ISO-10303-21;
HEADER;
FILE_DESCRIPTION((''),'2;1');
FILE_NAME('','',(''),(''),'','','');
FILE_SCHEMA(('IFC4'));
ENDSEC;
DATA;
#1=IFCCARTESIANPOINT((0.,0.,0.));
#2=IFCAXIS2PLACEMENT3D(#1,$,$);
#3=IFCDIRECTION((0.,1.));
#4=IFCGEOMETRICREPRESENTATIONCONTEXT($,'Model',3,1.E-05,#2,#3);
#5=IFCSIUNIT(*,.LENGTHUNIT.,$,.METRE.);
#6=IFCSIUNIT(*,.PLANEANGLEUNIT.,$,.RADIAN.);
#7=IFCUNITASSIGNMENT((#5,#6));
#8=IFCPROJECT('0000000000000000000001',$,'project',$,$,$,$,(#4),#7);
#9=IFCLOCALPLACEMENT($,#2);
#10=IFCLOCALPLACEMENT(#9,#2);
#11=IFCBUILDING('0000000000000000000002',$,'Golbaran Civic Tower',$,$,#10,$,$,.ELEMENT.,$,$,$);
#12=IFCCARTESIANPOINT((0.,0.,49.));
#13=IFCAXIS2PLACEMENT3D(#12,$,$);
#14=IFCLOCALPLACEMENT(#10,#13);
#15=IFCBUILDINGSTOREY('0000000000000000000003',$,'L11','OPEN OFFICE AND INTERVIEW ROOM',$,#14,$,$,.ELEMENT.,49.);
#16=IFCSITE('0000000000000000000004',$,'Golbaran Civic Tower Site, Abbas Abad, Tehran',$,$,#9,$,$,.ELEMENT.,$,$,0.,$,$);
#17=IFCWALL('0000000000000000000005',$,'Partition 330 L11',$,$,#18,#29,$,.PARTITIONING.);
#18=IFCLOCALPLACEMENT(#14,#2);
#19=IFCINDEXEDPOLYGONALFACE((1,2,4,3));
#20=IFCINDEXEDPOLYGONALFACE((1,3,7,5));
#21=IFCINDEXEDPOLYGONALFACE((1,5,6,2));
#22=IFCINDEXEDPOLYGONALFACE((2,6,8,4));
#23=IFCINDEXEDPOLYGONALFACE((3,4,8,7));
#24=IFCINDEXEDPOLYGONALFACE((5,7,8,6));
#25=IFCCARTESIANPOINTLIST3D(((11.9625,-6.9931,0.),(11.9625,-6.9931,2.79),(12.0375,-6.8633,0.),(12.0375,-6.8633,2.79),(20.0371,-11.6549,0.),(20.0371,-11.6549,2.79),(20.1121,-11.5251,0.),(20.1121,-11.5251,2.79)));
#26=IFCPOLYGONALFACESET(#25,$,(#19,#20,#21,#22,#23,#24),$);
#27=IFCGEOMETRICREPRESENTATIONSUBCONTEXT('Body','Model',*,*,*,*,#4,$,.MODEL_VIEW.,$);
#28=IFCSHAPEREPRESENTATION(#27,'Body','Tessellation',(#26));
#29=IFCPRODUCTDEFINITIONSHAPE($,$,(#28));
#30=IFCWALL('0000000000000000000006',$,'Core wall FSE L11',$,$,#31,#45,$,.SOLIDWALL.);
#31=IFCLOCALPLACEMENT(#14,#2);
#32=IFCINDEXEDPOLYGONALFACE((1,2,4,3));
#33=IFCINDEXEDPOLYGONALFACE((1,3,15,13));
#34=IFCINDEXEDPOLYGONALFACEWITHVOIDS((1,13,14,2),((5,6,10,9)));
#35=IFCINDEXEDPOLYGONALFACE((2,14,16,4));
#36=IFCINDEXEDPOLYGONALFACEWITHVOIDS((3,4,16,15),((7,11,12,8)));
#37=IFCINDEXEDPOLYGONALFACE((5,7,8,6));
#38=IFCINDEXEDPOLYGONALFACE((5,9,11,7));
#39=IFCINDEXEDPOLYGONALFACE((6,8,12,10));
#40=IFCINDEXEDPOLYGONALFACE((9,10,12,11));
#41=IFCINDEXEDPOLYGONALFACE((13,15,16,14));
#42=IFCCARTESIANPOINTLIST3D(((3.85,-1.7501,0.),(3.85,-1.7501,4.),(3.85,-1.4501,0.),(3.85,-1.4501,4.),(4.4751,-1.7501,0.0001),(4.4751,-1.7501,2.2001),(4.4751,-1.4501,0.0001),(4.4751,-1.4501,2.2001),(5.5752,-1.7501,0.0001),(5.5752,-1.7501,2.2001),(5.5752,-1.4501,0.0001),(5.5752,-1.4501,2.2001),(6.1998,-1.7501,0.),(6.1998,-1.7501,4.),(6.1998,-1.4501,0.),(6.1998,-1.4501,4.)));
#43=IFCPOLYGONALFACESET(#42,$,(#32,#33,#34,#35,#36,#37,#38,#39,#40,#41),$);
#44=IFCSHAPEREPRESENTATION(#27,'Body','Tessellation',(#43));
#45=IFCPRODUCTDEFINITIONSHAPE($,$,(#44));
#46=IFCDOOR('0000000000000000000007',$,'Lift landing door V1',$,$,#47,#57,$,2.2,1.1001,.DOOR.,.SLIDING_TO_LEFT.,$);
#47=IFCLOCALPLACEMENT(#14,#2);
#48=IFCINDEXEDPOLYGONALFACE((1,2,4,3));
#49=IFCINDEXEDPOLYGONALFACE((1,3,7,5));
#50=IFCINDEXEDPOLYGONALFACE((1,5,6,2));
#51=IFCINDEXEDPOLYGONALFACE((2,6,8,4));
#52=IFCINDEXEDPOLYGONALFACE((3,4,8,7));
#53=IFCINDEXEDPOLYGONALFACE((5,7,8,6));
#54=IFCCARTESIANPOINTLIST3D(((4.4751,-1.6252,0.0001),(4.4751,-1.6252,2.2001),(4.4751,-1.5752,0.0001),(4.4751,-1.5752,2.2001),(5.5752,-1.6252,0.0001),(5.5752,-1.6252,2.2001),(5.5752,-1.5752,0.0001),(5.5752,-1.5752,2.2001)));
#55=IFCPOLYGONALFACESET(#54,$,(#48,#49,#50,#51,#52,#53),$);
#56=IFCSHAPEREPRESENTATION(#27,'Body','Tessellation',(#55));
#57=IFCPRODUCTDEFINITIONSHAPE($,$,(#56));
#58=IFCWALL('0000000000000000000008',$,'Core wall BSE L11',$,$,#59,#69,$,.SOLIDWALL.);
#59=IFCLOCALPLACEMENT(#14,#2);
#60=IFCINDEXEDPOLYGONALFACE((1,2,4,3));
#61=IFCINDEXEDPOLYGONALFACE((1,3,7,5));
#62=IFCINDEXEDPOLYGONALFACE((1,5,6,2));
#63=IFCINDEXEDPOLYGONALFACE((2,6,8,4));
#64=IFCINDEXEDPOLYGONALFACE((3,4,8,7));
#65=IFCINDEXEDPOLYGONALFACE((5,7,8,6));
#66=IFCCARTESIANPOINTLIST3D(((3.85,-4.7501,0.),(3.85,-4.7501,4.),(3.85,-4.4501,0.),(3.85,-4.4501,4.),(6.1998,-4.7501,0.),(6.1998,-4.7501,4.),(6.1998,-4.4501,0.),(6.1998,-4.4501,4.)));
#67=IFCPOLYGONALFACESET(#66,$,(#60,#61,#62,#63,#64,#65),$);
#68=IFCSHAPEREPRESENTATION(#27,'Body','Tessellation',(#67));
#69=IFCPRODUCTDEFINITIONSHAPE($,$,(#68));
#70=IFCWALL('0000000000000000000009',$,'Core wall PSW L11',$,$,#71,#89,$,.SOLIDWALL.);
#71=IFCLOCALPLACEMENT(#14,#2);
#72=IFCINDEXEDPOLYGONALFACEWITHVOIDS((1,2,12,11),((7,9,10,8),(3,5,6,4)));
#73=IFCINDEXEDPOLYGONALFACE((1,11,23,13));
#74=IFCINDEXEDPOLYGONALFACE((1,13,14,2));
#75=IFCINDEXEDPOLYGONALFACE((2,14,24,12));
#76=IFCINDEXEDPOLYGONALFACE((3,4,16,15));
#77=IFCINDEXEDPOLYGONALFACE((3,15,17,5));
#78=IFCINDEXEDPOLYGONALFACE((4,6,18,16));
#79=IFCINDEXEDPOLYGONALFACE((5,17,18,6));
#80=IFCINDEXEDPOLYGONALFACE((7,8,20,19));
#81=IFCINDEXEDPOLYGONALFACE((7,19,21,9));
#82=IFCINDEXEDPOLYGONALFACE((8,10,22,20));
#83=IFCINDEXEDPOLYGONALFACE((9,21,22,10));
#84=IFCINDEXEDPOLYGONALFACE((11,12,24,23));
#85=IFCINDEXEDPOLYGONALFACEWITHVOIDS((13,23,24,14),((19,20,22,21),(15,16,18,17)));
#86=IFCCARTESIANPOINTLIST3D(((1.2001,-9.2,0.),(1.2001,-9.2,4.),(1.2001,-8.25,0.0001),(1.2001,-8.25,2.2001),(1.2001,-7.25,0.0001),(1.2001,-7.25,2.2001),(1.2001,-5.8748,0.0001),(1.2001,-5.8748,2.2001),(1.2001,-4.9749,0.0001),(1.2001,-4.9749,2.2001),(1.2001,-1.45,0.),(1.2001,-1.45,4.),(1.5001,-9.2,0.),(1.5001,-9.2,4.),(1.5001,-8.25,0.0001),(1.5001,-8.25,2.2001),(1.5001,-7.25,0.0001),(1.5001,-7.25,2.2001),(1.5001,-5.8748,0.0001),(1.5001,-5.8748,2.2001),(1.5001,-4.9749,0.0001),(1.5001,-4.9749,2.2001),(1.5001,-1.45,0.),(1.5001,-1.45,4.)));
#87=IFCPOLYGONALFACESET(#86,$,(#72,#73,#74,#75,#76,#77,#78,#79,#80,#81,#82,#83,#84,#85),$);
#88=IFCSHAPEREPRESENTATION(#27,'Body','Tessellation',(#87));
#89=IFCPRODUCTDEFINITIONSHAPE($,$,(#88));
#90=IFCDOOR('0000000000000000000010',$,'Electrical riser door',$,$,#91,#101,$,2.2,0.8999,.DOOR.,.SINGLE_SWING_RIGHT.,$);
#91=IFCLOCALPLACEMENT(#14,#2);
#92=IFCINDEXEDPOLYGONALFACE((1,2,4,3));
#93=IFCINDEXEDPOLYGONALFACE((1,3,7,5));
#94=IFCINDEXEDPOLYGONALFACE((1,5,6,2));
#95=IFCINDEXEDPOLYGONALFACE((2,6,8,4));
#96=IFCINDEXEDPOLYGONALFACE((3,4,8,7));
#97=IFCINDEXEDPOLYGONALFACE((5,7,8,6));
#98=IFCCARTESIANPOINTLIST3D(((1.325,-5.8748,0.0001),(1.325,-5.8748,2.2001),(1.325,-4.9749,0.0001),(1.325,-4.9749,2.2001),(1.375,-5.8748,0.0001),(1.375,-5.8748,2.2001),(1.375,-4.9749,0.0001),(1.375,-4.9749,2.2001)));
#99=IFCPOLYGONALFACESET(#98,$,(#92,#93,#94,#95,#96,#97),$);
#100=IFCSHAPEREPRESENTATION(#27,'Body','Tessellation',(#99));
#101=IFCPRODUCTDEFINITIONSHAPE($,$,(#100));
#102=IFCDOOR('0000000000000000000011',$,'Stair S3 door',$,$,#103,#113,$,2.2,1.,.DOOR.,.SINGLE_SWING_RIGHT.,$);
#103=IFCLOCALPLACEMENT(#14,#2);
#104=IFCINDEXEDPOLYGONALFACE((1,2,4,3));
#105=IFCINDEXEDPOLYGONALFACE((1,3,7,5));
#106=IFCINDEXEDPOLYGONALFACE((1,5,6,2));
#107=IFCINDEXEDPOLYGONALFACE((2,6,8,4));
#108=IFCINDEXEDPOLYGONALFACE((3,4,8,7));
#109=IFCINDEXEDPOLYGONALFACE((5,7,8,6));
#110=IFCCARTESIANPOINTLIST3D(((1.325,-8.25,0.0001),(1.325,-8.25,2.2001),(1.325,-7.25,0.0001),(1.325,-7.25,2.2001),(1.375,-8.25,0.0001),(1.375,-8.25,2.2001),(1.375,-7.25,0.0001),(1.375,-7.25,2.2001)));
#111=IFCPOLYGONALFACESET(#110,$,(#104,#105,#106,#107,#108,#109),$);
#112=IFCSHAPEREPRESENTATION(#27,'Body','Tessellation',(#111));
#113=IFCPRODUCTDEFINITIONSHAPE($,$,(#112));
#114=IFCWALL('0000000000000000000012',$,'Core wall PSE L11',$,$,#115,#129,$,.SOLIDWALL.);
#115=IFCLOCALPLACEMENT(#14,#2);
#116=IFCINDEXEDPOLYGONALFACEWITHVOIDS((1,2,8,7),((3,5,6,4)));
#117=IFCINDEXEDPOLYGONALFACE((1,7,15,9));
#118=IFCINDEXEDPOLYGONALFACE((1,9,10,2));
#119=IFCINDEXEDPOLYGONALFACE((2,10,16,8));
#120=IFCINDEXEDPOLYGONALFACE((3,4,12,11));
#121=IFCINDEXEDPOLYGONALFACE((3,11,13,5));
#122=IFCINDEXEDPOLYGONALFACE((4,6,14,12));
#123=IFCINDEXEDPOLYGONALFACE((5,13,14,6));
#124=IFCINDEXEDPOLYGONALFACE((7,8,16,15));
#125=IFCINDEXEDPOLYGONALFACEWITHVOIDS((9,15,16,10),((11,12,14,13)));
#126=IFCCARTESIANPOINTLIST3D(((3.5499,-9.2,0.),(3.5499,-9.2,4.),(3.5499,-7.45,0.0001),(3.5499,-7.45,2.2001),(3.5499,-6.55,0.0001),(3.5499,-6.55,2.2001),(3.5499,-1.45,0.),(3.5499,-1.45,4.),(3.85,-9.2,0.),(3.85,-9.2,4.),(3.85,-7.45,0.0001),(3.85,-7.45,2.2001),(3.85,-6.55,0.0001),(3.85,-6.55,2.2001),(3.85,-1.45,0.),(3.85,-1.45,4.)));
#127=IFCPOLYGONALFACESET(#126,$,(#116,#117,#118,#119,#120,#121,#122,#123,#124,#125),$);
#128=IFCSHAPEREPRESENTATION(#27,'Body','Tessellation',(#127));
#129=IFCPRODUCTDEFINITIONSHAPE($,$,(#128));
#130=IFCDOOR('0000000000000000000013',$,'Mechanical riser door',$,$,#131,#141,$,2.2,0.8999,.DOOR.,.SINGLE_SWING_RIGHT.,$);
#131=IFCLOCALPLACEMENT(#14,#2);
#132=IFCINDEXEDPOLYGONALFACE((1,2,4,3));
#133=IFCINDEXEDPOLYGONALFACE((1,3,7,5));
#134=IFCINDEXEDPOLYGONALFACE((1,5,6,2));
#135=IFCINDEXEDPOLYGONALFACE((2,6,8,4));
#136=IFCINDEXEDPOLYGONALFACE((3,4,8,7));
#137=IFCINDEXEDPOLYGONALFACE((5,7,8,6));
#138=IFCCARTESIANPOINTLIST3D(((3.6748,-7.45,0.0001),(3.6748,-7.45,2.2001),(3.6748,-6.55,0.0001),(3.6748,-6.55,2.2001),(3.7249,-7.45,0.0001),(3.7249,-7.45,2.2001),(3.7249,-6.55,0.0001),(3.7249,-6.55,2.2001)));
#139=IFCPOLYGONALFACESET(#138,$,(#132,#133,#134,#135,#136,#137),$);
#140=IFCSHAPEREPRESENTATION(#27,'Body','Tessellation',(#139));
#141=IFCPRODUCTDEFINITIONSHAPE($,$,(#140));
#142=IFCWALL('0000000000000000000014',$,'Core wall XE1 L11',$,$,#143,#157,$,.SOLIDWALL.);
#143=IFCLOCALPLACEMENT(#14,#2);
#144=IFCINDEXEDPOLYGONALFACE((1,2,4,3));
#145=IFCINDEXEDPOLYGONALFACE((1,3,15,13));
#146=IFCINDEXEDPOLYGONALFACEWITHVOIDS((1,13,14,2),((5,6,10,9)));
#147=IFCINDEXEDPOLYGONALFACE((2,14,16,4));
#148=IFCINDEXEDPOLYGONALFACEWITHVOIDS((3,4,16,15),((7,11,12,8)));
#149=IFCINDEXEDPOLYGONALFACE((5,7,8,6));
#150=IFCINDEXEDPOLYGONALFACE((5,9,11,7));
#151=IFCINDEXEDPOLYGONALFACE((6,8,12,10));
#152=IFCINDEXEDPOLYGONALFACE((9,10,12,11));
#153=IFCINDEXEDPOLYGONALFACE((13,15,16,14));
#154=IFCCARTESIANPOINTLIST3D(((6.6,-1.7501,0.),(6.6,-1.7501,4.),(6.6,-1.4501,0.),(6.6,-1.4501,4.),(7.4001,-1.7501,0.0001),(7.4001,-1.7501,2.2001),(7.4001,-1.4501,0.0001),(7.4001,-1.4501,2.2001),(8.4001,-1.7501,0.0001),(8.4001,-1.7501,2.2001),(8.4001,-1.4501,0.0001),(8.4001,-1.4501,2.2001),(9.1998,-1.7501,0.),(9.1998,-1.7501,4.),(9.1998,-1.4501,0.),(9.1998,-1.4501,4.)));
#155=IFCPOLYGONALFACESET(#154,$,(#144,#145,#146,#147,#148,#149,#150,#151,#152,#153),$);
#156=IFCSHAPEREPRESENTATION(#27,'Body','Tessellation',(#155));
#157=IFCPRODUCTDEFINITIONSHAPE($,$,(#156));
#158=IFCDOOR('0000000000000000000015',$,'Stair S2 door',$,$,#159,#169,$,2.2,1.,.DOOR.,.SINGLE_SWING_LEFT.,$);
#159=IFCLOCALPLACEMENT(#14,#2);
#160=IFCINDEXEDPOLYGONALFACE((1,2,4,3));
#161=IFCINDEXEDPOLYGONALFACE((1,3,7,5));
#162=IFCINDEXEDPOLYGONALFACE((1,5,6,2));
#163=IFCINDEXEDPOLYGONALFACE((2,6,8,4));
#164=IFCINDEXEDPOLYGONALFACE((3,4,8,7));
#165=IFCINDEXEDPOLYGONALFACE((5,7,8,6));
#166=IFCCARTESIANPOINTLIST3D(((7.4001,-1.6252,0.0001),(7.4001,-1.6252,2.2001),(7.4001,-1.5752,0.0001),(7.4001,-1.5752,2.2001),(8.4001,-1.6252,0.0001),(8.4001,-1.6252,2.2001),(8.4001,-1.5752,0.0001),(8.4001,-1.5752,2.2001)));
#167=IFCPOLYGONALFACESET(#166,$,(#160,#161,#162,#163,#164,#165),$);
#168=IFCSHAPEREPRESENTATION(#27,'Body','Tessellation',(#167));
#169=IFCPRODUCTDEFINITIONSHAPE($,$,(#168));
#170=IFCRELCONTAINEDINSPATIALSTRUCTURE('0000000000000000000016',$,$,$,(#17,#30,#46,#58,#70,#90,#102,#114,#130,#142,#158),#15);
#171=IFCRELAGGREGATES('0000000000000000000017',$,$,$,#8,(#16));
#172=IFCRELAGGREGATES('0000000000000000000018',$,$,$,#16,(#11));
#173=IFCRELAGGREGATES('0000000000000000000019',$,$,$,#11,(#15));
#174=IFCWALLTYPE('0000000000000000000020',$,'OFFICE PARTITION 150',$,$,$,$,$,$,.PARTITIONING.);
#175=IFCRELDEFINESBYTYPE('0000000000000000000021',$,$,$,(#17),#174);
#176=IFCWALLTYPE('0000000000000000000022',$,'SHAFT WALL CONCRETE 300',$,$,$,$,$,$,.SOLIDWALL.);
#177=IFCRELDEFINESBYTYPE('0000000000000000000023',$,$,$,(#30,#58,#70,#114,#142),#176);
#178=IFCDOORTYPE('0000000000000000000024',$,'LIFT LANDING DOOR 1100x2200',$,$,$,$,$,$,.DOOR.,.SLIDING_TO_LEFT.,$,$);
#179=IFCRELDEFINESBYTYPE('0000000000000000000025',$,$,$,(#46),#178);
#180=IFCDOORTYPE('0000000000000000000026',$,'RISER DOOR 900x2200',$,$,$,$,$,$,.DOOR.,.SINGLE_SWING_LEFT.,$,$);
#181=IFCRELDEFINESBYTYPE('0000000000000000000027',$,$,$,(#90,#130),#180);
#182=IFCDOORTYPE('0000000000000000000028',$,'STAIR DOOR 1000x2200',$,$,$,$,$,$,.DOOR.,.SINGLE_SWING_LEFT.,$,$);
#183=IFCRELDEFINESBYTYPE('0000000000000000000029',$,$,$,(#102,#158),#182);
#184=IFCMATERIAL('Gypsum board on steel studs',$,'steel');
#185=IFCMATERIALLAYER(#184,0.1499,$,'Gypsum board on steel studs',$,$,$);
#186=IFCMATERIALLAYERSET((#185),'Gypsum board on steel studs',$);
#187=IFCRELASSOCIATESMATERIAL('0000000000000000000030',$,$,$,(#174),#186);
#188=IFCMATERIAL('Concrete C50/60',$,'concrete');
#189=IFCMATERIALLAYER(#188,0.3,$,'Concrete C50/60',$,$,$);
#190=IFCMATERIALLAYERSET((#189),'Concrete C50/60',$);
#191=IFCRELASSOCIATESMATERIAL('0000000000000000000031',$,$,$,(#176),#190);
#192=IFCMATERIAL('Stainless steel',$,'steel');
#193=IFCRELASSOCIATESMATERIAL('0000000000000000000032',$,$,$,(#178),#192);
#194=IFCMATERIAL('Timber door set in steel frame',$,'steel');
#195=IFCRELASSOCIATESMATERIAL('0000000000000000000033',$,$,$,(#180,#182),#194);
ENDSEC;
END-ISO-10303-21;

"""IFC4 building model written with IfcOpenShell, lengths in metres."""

from ifc_helpers import new_model, si_unit, direction, frame, frame_2d, origin, place, context, subcontext, project, spatial, rectangle, extrude, material, layer, layer_set, type_object, element, fill, save


model = new_model("IFC4")

# Units and contexts
model_context = context("Model", 3, precision=1e-05, world=origin(), true_north=direction((0.0, 1.0)))
body_context = subcontext(model_context, "Body", "Model", "MODEL_VIEW")
ifc_project = project(units=[si_unit("LENGTHUNIT", "METRE"), si_unit("PLANEANGLEUNIT", "RADIAN")], contexts=[model_context])

# Site, building, storey
site_placement = place(None, origin())
site = spatial("IfcSite", under=ifc_project, at=site_placement, Name="Golbaran Civic Tower Site, Abbas Abad, Tehran", CompositionType="ELEMENT", RefElevation=0.0)
building_placement = place(site_placement, origin())
building = spatial("IfcBuilding", under=site, at=building_placement, Name="Golbaran Civic Tower", CompositionType="ELEMENT")
storey_placement = place(building_placement, frame((0.0, 0.0, 49.0)))
storey = spatial("IfcBuildingStorey", under=building, at=storey_placement, Name="L11", Description="OPEN OFFICE AND INTERVIEW ROOM", CompositionType="ELEMENT", Elevation=49.0)

# Shared definitions
ifc_material_1 = material(Name="Timber door set in steel frame", Category="steel")

# Wall
ifc_material_2 = material(Name="Gypsum board on steel studs", Category="steel")
ifc_layer_1 = layer(ifc_material_2, 0.1499, Name="Gypsum board on steel studs")
ifc_layer_set_1 = layer_set([ifc_layer_1], Name="Gypsum board on steel studs")
wall_type_1 = type_object("IfcWallType", Name="OFFICE PARTITION 150", PredefinedType="PARTITIONING", material=ifc_layer_set_1)
wall_1_placement = place(storey_placement, frame((12.0, -6.9282, 0.0), z_axis=(0.0, 0.0, 1.0), x_axis=(0.866029, -0.499994, 0.0)))
element("IfcWall", 1, at=wall_1_placement, inside=storey, type_object=wall_type_1, Name="Partition 330 L11", PredefinedType="PARTITIONING", context=body_context, shape_type="SweptSolid", body=[
    extrude(rectangle(XDim=9.3237, YDim=0.1499, at=frame_2d((4.6619, 0.0))), origin(), (0.0, 0.0, 1.0), 2.79),
])

# Wall, opening, door
ifc_material_3 = material(Name="Concrete C50/60", Category="concrete")
ifc_layer_2 = layer(ifc_material_3, 0.3, Name="Concrete C50/60")
ifc_layer_set_2 = layer_set([ifc_layer_2], Name="Concrete C50/60")
wall_type_2 = type_object("IfcWallType", Name="SHAFT WALL CONCRETE 300", PredefinedType="SOLIDWALL", material=ifc_layer_set_2)
wall_2_placement = place(storey_placement, frame((3.8501, -1.6001, 0.0), z_axis=(0.0, 0.0, 1.0), x_axis=(1.0, 0.0, 0.0)))
wall_2 = element("IfcWall", 2, at=wall_2_placement, inside=storey, type_object=wall_type_2, Name="Core wall FSE L11", PredefinedType="SOLIDWALL", context=body_context, shape_type="SweptSolid", body=[
    extrude(rectangle(XDim=2.3499, YDim=0.3, at=frame_2d((1.1748, 0.0))), origin(), (0.0, 0.0, 1.0), 4.0),
])
opening_1_placement = place(wall_2_placement, frame((0.625, 0.0, 0.0)))
opening_1 = element("IfcOpeningElement", 3, at=opening_1_placement, cuts=wall_2, PredefinedType="OPENING", context=body_context, shape_type="SweptSolid", body=[
    extrude(rectangle(XDim=1.1001, YDim=2.2, at=frame_2d((0.55, 1.1001))), frame((0.0, 0.1599, 0.0), z_axis=(0.0, -1.0, 0.0), x_axis=(1.0, 0.0, 0.0)), (0.0, 0.0, 1.0), 0.3201),
])
ifc_material_4 = material(Name="Stainless steel", Category="steel")
door_type_1 = type_object("IfcDoorType", Name="LIFT LANDING DOOR 1100x2200", OperationType="SLIDING_TO_LEFT", PredefinedType="DOOR", material=ifc_material_4)
door_1_placement = place(opening_1_placement, origin())
door_1 = element("IfcDoor", 4, at=door_1_placement, inside=storey, type_object=door_type_1, Name="Lift landing door V1", OperationType="SLIDING_TO_LEFT", OverallHeight=2.2, OverallWidth=1.1001, PredefinedType="DOOR", context=body_context, shape_type="SweptSolid", body=[
    extrude(rectangle(XDim=1.1001, YDim=2.2, at=frame_2d((0.55, 1.1001))), frame((0.0, 0.0249, 0.0), z_axis=(0.0, -1.0, 0.0), x_axis=(1.0, 0.0, 0.0)), (0.0, 0.0, 1.0), 0.05),
])
fill(opening_1, door_1)

# Wall
wall_3_placement = place(storey_placement, frame((3.8501, -4.6001, 0.0), z_axis=(0.0, 0.0, 1.0), x_axis=(1.0, 0.0, 0.0)))
element("IfcWall", 5, at=wall_3_placement, inside=storey, type_object=wall_type_2, Name="Core wall BSE L11", PredefinedType="SOLIDWALL", context=body_context, shape_type="SweptSolid", body=[
    extrude(rectangle(XDim=2.3499, YDim=0.3, at=frame_2d((1.1748, 0.0))), origin(), (0.0, 0.0, 1.0), 4.0),
])

# Wall, openings, doors
wall_4_placement = place(storey_placement, frame((1.3501, -1.45, 0.0), z_axis=(0.0, 0.0, 1.0), x_axis=(0.0, -1.0, 0.0)))
wall_4 = element("IfcWall", 6, at=wall_4_placement, inside=storey, type_object=wall_type_2, Name="Core wall PSW L11", PredefinedType="SOLIDWALL", context=body_context, shape_type="SweptSolid", body=[
    extrude(rectangle(XDim=7.75, YDim=0.3, at=frame_2d((3.875, 0.0))), origin(), (0.0, 0.0, 1.0), 4.0),
])
opening_2_placement = place(wall_4_placement, frame((5.8, 0.0, 0.0)))
opening_2 = element("IfcOpeningElement", 7, at=opening_2_placement, cuts=wall_4, PredefinedType="OPENING", context=body_context, shape_type="SweptSolid", body=[
    extrude(rectangle(XDim=1.0, YDim=2.2, at=frame_2d((0.5, 1.1001))), frame((0.0, 0.1599, 0.0), z_axis=(0.0, -1.0, 0.0), x_axis=(1.0, 0.0, 0.0)), (0.0, 0.0, 1.0), 0.3201),
])
opening_3_placement = place(wall_4_placement, frame((3.5249, 0.0, 0.0)))
opening_3 = element("IfcOpeningElement", 8, at=opening_3_placement, cuts=wall_4, PredefinedType="OPENING", context=body_context, shape_type="SweptSolid", body=[
    extrude(rectangle(XDim=0.8999, YDim=2.2, at=frame_2d((0.45, 1.1001))), frame((0.0, 0.1599, 0.0), z_axis=(0.0, -1.0, 0.0), x_axis=(1.0, 0.0, 0.0)), (0.0, 0.0, 1.0), 0.3201),
])
door_type_2 = type_object("IfcDoorType", Name="RISER DOOR 900x2200", OperationType="SINGLE_SWING_LEFT", PredefinedType="DOOR", material=ifc_material_1)
door_2_placement = place(opening_3_placement, origin())
door_2 = element("IfcDoor", 9, at=door_2_placement, inside=storey, type_object=door_type_2, Name="Electrical riser door", OperationType="SINGLE_SWING_RIGHT", OverallHeight=2.2, OverallWidth=0.8999, PredefinedType="DOOR", context=body_context, shape_type="SweptSolid", body=[
    extrude(rectangle(XDim=0.8999, YDim=2.2, at=frame_2d((0.45, 1.1001))), frame((0.0, 0.0249, 0.0), z_axis=(0.0, -1.0, 0.0), x_axis=(1.0, 0.0, 0.0)), (0.0, 0.0, 1.0), 0.05),
])
fill(opening_3, door_2)
door_type_3 = type_object("IfcDoorType", Name="STAIR DOOR 1000x2200", OperationType="SINGLE_SWING_LEFT", PredefinedType="DOOR", material=ifc_material_1)
door_3_placement = place(opening_2_placement, origin())
door_3 = element("IfcDoor", 10, at=door_3_placement, inside=storey, type_object=door_type_3, Name="Stair S3 door", OperationType="SINGLE_SWING_RIGHT", OverallHeight=2.2, OverallWidth=1.0, PredefinedType="DOOR", context=body_context, shape_type="SweptSolid", body=[
    extrude(rectangle(XDim=1.0, YDim=2.2, at=frame_2d((0.5, 1.1001))), frame((0.0, 0.0249, 0.0), z_axis=(0.0, -1.0, 0.0), x_axis=(1.0, 0.0, 0.0)), (0.0, 0.0, 1.0), 0.05),
])
fill(opening_2, door_3)

# Walls, openings, doors
wall_5_placement = place(storey_placement, frame((3.7, -1.45, 0.0), z_axis=(0.0, 0.0, 1.0), x_axis=(0.0, -1.0, 0.0)))
wall_5 = element("IfcWall", 11, at=wall_5_placement, inside=storey, type_object=wall_type_2, Name="Core wall PSE L11", PredefinedType="SOLIDWALL", context=body_context, shape_type="SweptSolid", body=[
    extrude(rectangle(XDim=7.75, YDim=0.3, at=frame_2d((3.875, 0.0))), origin(), (0.0, 0.0, 1.0), 4.0),
])
opening_4_placement = place(wall_5_placement, frame((5.1001, 0.0, 0.0)))
opening_4 = element("IfcOpeningElement", 12, at=opening_4_placement, cuts=wall_5, PredefinedType="OPENING", context=body_context, shape_type="SweptSolid", body=[
    extrude(rectangle(XDim=0.8999, YDim=2.2, at=frame_2d((0.45, 1.1001))), frame((0.0, 0.1599, 0.0), z_axis=(0.0, -1.0, 0.0), x_axis=(1.0, 0.0, 0.0)), (0.0, 0.0, 1.0), 0.3201),
])
door_4_placement = place(opening_4_placement, origin())
door_4 = element("IfcDoor", 13, at=door_4_placement, inside=storey, type_object=door_type_2, Name="Mechanical riser door", OperationType="SINGLE_SWING_RIGHT", OverallHeight=2.2, OverallWidth=0.8999, PredefinedType="DOOR", context=body_context, shape_type="SweptSolid", body=[
    extrude(rectangle(XDim=0.8999, YDim=2.2, at=frame_2d((0.45, 1.1001))), frame((0.0, 0.0249, 0.0), z_axis=(0.0, -1.0, 0.0), x_axis=(1.0, 0.0, 0.0)), (0.0, 0.0, 1.0), 0.05),
])
fill(opening_4, door_4)
wall_6_placement = place(storey_placement, frame((6.6001, -1.6001, 0.0), z_axis=(0.0, 0.0, 1.0), x_axis=(1.0, 0.0, 0.0)))
wall_6 = element("IfcWall", 14, at=wall_6_placement, inside=storey, type_object=wall_type_2, Name="Core wall XE1 L11", PredefinedType="SOLIDWALL", context=body_context, shape_type="SweptSolid", body=[
    extrude(rectangle(XDim=2.5999, YDim=0.3, at=frame_2d((1.2998, 0.0))), origin(), (0.0, 0.0, 1.0), 4.0),
])
opening_5_placement = place(wall_6_placement, frame((0.8, 0.0, 0.0)))
opening_5 = element("IfcOpeningElement", 15, at=opening_5_placement, cuts=wall_6, PredefinedType="OPENING", context=body_context, shape_type="SweptSolid", body=[
    extrude(rectangle(XDim=1.0, YDim=2.2, at=frame_2d((0.5, 1.1001))), frame((0.0, 0.1599, 0.0), z_axis=(0.0, -1.0, 0.0), x_axis=(1.0, 0.0, 0.0)), (0.0, 0.0, 1.0), 0.3201),
])
door_5_placement = place(opening_5_placement, origin())
door_5 = element("IfcDoor", 16, at=door_5_placement, inside=storey, type_object=door_type_3, Name="Stair S2 door", OperationType="SINGLE_SWING_LEFT", OverallHeight=2.2, OverallWidth=1.0, PredefinedType="DOOR", context=body_context, shape_type="SweptSolid", body=[
    extrude(rectangle(XDim=1.0, YDim=2.2, at=frame_2d((0.5, 1.1001))), frame((0.0, 0.0249, 0.0), z_axis=(0.0, -1.0, 0.0), x_axis=(1.0, 0.0, 0.0)), (0.0, 0.0, 1.0), 0.05),
])
fill(opening_5, door_5)

save(model, "model.ifc")
